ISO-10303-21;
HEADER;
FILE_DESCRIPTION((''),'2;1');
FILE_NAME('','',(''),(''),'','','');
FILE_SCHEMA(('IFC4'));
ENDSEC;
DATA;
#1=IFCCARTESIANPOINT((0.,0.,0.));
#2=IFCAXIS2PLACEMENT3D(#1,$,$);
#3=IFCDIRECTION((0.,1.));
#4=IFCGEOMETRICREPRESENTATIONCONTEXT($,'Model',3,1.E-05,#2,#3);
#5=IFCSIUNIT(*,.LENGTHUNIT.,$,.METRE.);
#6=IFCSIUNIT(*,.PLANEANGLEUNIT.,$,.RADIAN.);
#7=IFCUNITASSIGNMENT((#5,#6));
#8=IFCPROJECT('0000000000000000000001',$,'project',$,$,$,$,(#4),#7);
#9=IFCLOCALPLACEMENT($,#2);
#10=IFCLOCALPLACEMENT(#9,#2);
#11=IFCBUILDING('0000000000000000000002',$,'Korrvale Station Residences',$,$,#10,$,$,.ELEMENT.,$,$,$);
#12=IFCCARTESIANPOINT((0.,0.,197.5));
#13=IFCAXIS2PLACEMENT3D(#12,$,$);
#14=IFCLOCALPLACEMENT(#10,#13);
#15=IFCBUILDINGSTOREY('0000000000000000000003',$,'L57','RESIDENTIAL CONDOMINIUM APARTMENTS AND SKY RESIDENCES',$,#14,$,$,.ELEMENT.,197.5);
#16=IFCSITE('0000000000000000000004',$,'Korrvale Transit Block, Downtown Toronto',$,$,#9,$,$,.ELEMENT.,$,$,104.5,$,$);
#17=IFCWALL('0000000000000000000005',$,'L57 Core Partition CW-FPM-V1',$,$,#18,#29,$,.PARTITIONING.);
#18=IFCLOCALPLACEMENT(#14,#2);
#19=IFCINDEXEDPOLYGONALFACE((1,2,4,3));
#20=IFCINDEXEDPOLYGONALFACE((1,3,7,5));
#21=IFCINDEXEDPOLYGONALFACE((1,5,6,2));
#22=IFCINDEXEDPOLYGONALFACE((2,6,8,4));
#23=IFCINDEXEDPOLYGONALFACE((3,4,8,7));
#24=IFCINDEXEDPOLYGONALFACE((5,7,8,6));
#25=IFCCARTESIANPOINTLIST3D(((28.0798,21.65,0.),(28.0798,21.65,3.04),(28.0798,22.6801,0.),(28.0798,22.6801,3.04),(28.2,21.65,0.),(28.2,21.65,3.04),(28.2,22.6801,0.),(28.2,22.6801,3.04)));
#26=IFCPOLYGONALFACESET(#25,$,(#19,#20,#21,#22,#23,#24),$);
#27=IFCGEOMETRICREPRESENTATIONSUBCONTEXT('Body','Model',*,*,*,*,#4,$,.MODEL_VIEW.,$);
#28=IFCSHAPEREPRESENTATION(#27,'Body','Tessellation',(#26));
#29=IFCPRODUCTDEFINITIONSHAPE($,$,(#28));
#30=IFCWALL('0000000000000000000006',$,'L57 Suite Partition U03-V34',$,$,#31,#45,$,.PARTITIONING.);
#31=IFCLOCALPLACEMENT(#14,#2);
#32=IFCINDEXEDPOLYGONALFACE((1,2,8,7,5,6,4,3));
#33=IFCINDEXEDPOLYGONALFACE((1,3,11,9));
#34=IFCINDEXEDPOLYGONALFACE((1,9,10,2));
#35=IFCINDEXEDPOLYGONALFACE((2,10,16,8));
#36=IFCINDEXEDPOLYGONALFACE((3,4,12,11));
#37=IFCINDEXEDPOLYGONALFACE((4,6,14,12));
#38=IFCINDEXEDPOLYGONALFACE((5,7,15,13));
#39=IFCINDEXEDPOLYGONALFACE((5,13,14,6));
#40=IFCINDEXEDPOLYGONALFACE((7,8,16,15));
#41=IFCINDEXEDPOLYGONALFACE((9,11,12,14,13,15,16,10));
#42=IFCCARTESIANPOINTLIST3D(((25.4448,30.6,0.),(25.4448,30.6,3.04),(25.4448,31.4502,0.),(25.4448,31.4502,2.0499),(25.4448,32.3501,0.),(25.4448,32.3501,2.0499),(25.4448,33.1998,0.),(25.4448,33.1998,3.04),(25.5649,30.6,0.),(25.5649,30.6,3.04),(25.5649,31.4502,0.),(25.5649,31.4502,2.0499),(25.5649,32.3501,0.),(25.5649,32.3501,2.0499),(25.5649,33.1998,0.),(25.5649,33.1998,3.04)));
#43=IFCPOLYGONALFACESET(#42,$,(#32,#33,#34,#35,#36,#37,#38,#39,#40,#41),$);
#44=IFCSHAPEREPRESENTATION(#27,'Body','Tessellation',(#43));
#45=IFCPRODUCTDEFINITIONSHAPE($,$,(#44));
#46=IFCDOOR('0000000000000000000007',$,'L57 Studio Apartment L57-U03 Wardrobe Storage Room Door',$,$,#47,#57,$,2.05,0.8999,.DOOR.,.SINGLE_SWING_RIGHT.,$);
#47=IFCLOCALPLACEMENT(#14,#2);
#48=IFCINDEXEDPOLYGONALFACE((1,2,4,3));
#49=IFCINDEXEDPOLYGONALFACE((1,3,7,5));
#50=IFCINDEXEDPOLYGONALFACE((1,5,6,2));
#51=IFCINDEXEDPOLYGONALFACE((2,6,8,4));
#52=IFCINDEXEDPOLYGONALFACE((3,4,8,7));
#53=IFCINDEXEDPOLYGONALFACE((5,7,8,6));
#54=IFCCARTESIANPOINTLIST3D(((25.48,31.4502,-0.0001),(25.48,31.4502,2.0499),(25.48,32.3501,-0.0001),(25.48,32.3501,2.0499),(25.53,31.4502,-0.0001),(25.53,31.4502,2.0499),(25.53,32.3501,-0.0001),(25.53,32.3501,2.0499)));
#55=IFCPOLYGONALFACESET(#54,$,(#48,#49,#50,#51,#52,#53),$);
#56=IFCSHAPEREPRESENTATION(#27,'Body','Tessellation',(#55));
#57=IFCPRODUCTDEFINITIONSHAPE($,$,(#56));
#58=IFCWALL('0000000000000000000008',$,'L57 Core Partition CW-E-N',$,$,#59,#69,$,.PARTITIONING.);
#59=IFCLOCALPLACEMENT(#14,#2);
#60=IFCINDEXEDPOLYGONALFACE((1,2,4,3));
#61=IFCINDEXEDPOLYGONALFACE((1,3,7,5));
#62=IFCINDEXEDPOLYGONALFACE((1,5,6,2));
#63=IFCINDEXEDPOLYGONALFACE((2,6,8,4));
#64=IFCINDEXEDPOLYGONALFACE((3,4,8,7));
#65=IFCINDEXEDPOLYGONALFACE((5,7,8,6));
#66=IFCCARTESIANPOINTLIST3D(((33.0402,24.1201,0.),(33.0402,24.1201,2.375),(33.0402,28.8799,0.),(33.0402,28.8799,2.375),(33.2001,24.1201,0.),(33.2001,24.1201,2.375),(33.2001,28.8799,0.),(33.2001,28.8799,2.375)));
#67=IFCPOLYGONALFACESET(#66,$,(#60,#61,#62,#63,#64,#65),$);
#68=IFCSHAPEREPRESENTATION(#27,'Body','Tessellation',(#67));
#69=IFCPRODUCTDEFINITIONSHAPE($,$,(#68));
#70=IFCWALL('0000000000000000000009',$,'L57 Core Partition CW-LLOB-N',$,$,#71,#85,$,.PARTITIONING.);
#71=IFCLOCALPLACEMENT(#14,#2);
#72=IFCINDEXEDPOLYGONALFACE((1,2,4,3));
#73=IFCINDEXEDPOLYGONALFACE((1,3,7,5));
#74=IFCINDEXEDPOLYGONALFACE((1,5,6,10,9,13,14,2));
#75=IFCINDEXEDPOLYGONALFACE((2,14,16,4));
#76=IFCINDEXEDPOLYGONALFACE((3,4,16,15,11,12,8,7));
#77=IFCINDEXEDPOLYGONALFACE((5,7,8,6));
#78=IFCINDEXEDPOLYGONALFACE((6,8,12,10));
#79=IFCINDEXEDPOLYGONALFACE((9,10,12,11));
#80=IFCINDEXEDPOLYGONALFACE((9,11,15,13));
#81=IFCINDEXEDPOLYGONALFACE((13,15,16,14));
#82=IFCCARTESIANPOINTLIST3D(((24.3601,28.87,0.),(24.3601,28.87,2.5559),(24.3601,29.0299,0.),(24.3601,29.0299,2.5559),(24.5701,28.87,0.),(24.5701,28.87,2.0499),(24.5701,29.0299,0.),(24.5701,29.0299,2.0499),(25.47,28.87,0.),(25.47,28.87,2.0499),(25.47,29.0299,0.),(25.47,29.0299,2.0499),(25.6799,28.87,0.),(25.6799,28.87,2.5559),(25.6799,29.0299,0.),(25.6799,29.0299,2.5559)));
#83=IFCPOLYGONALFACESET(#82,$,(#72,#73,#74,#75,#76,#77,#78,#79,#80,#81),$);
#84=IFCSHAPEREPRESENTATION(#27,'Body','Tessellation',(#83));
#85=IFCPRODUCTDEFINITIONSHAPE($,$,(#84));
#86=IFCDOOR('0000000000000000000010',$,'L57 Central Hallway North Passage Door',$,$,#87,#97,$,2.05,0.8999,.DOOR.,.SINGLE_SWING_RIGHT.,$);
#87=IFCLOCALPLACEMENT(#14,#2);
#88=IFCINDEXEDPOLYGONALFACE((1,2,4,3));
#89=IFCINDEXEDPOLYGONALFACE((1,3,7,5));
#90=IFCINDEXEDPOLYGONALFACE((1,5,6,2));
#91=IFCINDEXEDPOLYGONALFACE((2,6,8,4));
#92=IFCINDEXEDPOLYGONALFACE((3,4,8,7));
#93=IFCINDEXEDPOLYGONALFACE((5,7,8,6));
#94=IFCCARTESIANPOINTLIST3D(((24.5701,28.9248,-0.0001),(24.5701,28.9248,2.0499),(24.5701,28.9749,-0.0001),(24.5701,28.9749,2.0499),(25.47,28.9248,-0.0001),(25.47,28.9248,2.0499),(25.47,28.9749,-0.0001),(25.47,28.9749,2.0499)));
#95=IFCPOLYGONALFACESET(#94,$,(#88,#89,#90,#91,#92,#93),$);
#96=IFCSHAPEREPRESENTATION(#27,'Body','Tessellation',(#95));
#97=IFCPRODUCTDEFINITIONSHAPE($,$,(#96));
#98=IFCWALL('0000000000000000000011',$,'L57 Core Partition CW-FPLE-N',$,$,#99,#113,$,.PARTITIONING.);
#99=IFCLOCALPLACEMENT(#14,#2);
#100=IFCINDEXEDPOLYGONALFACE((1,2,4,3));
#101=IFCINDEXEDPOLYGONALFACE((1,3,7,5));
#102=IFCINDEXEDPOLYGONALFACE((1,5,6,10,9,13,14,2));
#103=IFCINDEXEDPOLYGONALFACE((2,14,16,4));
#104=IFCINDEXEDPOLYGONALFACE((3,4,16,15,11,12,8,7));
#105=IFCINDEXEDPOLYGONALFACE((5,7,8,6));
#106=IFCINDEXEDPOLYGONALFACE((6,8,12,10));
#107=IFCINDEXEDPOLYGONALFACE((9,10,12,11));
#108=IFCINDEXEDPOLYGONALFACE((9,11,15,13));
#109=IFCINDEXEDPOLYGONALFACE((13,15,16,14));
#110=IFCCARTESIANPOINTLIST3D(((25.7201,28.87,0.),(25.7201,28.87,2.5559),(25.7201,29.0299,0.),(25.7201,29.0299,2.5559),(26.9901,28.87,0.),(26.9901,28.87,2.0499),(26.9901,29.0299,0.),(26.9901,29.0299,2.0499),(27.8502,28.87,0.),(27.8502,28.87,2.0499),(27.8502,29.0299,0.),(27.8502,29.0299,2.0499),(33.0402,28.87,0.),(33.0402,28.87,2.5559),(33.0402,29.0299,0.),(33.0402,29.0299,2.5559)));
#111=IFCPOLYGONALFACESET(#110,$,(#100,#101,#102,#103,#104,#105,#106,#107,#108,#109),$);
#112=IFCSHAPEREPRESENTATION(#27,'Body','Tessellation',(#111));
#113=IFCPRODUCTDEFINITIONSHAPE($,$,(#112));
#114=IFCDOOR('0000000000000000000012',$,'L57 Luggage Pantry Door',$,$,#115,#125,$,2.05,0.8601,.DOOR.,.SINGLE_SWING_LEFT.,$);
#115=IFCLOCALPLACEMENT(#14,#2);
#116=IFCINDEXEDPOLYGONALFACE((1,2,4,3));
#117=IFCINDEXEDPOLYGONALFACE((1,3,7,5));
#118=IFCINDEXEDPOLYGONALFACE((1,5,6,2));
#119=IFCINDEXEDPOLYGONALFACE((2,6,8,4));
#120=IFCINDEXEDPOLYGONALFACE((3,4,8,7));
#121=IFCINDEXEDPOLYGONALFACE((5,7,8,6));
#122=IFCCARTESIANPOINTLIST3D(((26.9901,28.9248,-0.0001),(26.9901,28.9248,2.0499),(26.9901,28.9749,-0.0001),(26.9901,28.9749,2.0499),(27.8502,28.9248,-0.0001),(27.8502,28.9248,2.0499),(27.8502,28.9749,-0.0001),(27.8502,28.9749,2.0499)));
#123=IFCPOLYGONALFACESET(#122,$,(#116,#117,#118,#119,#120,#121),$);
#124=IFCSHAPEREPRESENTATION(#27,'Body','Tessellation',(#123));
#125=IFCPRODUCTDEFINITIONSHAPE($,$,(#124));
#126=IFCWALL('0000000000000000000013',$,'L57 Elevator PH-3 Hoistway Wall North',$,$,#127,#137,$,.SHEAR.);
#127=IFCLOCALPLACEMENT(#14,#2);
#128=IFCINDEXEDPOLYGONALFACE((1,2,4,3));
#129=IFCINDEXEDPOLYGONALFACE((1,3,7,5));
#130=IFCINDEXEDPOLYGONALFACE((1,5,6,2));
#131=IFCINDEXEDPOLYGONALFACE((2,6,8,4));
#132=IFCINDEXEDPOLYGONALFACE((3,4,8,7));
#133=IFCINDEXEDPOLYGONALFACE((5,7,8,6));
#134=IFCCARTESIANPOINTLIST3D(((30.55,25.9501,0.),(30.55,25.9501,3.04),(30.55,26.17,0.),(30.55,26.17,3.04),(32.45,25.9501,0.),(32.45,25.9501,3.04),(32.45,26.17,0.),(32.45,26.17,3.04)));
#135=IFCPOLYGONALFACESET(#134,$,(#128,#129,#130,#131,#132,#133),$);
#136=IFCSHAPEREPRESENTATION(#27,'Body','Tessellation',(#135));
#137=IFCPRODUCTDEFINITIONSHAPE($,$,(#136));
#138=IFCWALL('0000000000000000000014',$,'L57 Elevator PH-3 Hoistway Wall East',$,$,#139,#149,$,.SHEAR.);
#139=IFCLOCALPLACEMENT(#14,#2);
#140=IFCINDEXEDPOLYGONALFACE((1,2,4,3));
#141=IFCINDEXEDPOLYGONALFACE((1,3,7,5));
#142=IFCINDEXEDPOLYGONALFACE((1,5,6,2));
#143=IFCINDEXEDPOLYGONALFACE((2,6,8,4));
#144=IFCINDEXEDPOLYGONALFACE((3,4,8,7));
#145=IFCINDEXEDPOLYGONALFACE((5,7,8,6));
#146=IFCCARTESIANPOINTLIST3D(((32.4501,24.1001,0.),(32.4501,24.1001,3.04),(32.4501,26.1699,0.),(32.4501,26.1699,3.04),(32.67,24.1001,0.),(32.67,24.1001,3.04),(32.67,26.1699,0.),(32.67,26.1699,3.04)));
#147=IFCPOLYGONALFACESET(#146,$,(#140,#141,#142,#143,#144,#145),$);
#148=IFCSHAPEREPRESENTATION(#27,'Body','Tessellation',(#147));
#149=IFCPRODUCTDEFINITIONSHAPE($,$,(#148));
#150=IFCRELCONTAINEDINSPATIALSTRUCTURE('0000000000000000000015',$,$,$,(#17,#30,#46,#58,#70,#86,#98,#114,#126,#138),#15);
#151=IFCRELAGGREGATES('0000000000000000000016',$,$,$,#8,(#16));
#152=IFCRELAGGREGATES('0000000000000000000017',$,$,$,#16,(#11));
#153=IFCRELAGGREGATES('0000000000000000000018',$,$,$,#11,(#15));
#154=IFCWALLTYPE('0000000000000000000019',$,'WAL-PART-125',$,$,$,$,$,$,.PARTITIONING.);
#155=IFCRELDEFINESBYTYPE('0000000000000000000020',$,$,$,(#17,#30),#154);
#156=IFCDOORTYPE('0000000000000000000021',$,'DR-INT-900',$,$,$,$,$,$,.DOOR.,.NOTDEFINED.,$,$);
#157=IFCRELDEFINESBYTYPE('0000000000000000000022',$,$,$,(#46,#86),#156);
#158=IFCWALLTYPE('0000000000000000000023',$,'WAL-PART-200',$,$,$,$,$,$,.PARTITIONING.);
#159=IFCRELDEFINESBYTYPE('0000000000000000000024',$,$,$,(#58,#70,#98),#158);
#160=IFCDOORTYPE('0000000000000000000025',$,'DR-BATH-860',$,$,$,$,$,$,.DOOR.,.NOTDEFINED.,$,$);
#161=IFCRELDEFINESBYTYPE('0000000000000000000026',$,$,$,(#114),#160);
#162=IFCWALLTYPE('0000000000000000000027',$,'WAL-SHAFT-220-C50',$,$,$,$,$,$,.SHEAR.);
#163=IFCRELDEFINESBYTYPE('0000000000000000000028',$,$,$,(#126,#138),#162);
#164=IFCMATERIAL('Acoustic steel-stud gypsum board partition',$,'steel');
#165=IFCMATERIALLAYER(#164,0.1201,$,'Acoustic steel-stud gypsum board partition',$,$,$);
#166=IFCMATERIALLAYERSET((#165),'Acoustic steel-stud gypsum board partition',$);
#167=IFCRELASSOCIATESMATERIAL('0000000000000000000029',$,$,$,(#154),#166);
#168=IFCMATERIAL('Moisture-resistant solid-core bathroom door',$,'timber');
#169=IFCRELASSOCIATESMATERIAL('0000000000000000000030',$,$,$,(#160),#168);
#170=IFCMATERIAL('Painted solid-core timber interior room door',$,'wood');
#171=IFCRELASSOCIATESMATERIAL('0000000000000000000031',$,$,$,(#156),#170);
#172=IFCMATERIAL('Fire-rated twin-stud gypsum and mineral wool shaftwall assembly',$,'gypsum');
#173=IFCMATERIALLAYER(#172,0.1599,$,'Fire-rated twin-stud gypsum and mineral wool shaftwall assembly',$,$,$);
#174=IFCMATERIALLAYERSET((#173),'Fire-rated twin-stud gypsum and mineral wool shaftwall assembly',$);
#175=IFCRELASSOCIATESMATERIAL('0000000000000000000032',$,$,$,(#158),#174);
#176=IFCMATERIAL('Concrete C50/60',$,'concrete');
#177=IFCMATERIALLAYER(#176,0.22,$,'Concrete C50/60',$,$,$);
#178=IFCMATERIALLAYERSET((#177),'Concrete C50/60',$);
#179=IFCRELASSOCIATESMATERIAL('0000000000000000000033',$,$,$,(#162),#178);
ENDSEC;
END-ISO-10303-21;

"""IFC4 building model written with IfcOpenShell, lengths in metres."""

from ifc_helpers import new_model, si_unit, direction, frame, frame_2d, origin, place, context, subcontext, project, spatial, rectangle, extrude, material, layer, layer_set, type_object, element, fill, save


model = new_model("IFC4")

# Units and contexts
model_context = context("Model", 3, precision=1e-05, world=origin(), true_north=direction((0.0, 1.0)))
body_context = subcontext(model_context, "Body", "Model", "MODEL_VIEW")
ifc_project = project(units=[si_unit("LENGTHUNIT", "METRE"), si_unit("PLANEANGLEUNIT", "RADIAN")], contexts=[model_context])

# Site, building, storey
site_placement = place(None, origin())
site = spatial("IfcSite", under=ifc_project, at=site_placement, Name="Korrvale Transit Block, Downtown Toronto", CompositionType="ELEMENT", RefElevation=104.5)
building_placement = place(site_placement, origin())
building = spatial("IfcBuilding", under=site, at=building_placement, Name="Korrvale Station Residences", CompositionType="ELEMENT")
storey_placement = place(building_placement, frame((0.0, 0.0, 197.5)))
storey = spatial("IfcBuildingStorey", under=building, at=storey_placement, Name="L57", Description="RESIDENTIAL CONDOMINIUM APARTMENTS AND SKY RESIDENCES", CompositionType="ELEMENT", Elevation=197.5)

# Shared definitions
ifc_material_1 = material(Name="Concrete C50/60", Category="concrete")

# Shared definitions
ifc_material_2 = material(Name="Acoustic steel-stud gypsum board partition", Category="steel")
ifc_layer_1 = layer(ifc_material_2, 0.1201, Name="Acoustic steel-stud gypsum board partition")
ifc_layer_set_1 = layer_set([ifc_layer_1], Name="Acoustic steel-stud gypsum board partition")
wall_type_1 = type_object("IfcWallType", Name="WAL-PART-125", PredefinedType="PARTITIONING", material=ifc_layer_set_1)

# Shared definitions
ifc_material_3 = material(Name="Moisture-resistant solid-core bathroom door", Category="timber")
door_type_1 = type_object("IfcDoorType", Name="DR-BATH-860", OperationType="NOTDEFINED", PredefinedType="DOOR", material=ifc_material_3)

# Shared definitions
ifc_material_4 = material(Name="Painted solid-core timber interior room door", Category="wood")
door_type_2 = type_object("IfcDoorType", Name="DR-INT-900", OperationType="NOTDEFINED", PredefinedType="DOOR", material=ifc_material_4)

# Wall
wall_1_placement = place(storey_placement, frame((28.1399, 21.6499, 0.0), z_axis=(0.0, 0.0, 1.0), x_axis=(0.0, 1.0, 0.0)))
element("IfcWall", 1, at=wall_1_placement, inside=storey, type_object=wall_type_1, Name="L57 Core Partition CW-FPM-V1", PredefinedType="PARTITIONING", context=body_context, shape_type="SweptSolid", body=[
    extrude(rectangle(XDim=1.03, YDim=0.1201, at=frame_2d((0.5151, 0.0))), origin(), (0.0, 0.0, 1.0), 3.04),
])

# Wall, opening, door
wall_2_placement = place(storey_placement, frame((25.5049, 30.6001, 0.0), z_axis=(0.0, 0.0, 1.0), x_axis=(0.0, 1.0, 0.0)))
wall_2 = element("IfcWall", 2, at=wall_2_placement, inside=storey, type_object=wall_type_1, Name="L57 Suite Partition U03-V34", PredefinedType="PARTITIONING", context=body_context, shape_type="SweptSolid", body=[
    extrude(rectangle(XDim=2.5999, YDim=0.1201, at=frame_2d((1.2998, 0.0))), origin(), (0.0, 0.0, 1.0), 3.04),
])
opening_1_placement = place(wall_2_placement, frame((0.8501, 0.0, 0.0)))
opening_1 = element("IfcOpeningElement", 3, at=opening_1_placement, cuts=wall_2, PredefinedType="OPENING", context=body_context, shape_type="SweptSolid", body=[
    extrude(rectangle(XDim=0.8999, YDim=2.05, at=frame_2d((0.45, 1.0249))), frame((0.0, 0.0701, 0.0), z_axis=(0.0, -1.0, 0.0), x_axis=(1.0, 0.0, 0.0)), (0.0, 0.0, 1.0), 0.1401),
])
door_1_placement = place(opening_1_placement, origin())
door_1 = element("IfcDoor", 4, at=door_1_placement, inside=storey, type_object=door_type_2, Name="L57 Studio Apartment L57-U03 Wardrobe Storage Room Door", OperationType="SINGLE_SWING_RIGHT", OverallHeight=2.05, OverallWidth=0.8999, PredefinedType="DOOR", context=body_context, shape_type="SweptSolid", body=[
    extrude(rectangle(XDim=0.8999, YDim=2.05, at=frame_2d((0.45, 1.0249))), frame((0.0, 0.0249, 0.0), z_axis=(0.0, -1.0, 0.0), x_axis=(1.0, 0.0, 0.0)), (0.0, 0.0, 1.0), 0.05),
])
fill(opening_1, door_1)

# Wall
ifc_material_5 = material(Name="Fire-rated twin-stud gypsum and mineral wool shaftwall assembly", Category="gypsum")
ifc_layer_2 = layer(ifc_material_5, 0.1599, Name="Fire-rated twin-stud gypsum and mineral wool shaftwall assembly")
ifc_layer_set_2 = layer_set([ifc_layer_2], Name="Fire-rated twin-stud gypsum and mineral wool shaftwall assembly")
wall_type_2 = type_object("IfcWallType", Name="WAL-PART-200", PredefinedType="PARTITIONING", material=ifc_layer_set_2)
wall_3_placement = place(storey_placement, frame((33.1201, 24.1201, 0.0), z_axis=(0.0, 0.0, 1.0), x_axis=(0.0, 1.0, 0.0)))
element("IfcWall", 5, at=wall_3_placement, inside=storey, type_object=wall_type_2, Name="L57 Core Partition CW-E-N", PredefinedType="PARTITIONING", context=body_context, shape_type="SweptSolid", body=[
    extrude(rectangle(XDim=4.7598, YDim=0.1599, at=frame_2d((2.3799, 0.0))), origin(), (0.0, 0.0, 1.0), 2.375),
])

# Walls, openings, doors
wall_4_placement = place(storey_placement, frame((24.3601, 28.95, 0.0), z_axis=(0.0, 0.0, 1.0), x_axis=(1.0, 0.0, 0.0)))
wall_4 = element("IfcWall", 6, at=wall_4_placement, inside=storey, type_object=wall_type_2, Name="L57 Core Partition CW-LLOB-N", PredefinedType="PARTITIONING", context=body_context, shape_type="SweptSolid", body=[
    extrude(rectangle(XDim=1.3198, YDim=0.1599, at=frame_2d((0.6599, 0.0))), origin(), (0.0, 0.0, 1.0), 2.5559),
])
opening_2_placement = place(wall_4_placement, frame((0.21, 0.0, 0.0)))
opening_2 = element("IfcOpeningElement", 7, at=opening_2_placement, cuts=wall_4, PredefinedType="OPENING", context=body_context, shape_type="SweptSolid", body=[
    extrude(rectangle(XDim=0.8999, YDim=2.05, at=frame_2d((0.45, 1.0249))), frame((0.0, 0.0898, 0.0), z_axis=(0.0, -1.0, 0.0), x_axis=(1.0, 0.0, 0.0)), (0.0, 0.0, 1.0), 0.1799),
])
door_2_placement = place(opening_2_placement, origin())
door_2 = element("IfcDoor", 8, at=door_2_placement, inside=storey, type_object=door_type_2, Name="L57 Central Hallway North Passage Door", OperationType="SINGLE_SWING_RIGHT", OverallHeight=2.05, OverallWidth=0.8999, PredefinedType="DOOR", context=body_context, shape_type="SweptSolid", body=[
    extrude(rectangle(XDim=0.8999, YDim=2.05, at=frame_2d((0.45, 1.0249))), frame((0.0, 0.0249, 0.0), z_axis=(0.0, -1.0, 0.0), x_axis=(1.0, 0.0, 0.0)), (0.0, 0.0, 1.0), 0.05),
])
fill(opening_2, door_2)
wall_5_placement = place(storey_placement, frame((25.72, 28.95, 0.0), z_axis=(0.0, 0.0, 1.0), x_axis=(1.0, 0.0, 0.0)))
wall_5 = element("IfcWall", 9, at=wall_5_placement, inside=storey, type_object=wall_type_2, Name="L57 Core Partition CW-FPLE-N", PredefinedType="PARTITIONING", context=body_context, shape_type="SweptSolid", body=[
    extrude(rectangle(XDim=7.3201, YDim=0.1599, at=frame_2d((3.6602, 0.0))), origin(), (0.0, 0.0, 1.0), 2.5559),
])
opening_3_placement = place(wall_5_placement, frame((1.27, 0.0, 0.0)))
opening_3 = element("IfcOpeningElement", 10, at=opening_3_placement, cuts=wall_5, PredefinedType="OPENING", context=body_context, shape_type="SweptSolid", body=[
    extrude(rectangle(XDim=0.8601, YDim=2.05, at=frame_2d((0.4302, 1.0249))), frame((0.0, 0.0898, 0.0), z_axis=(0.0, -1.0, 0.0), x_axis=(1.0, 0.0, 0.0)), (0.0, 0.0, 1.0), 0.1799),
])
door_3_placement = place(opening_3_placement, origin())
door_3 = element("IfcDoor", 11, at=door_3_placement, inside=storey, type_object=door_type_1, Name="L57 Luggage Pantry Door", OperationType="SINGLE_SWING_LEFT", OverallHeight=2.05, OverallWidth=0.8601, PredefinedType="DOOR", context=body_context, shape_type="SweptSolid", body=[
    extrude(rectangle(XDim=0.8601, YDim=2.05, at=frame_2d((0.4302, 1.0249))), frame((0.0, 0.0249, 0.0), z_axis=(0.0, -1.0, 0.0), x_axis=(1.0, 0.0, 0.0)), (0.0, 0.0, 1.0), 0.05),
])
fill(opening_3, door_3)

# Wall
ifc_layer_3 = layer(ifc_material_1, 0.22, Name="Concrete C50/60")
ifc_layer_set_3 = layer_set([ifc_layer_3], Name="Concrete C50/60")
wall_type_3 = type_object("IfcWallType", Name="WAL-SHAFT-220-C50", PredefinedType="SHEAR", material=ifc_layer_set_3)
wall_6_placement = place(storey_placement, frame((30.55, 26.0601, 0.0), z_axis=(0.0, 0.0, 1.0), x_axis=(1.0, 0.0, 0.0)))
element("IfcWall", 12, at=wall_6_placement, inside=storey, type_object=wall_type_3, Name="L57 Elevator PH-3 Hoistway Wall North", PredefinedType="SHEAR", context=body_context, shape_type="SweptSolid", body=[
    extrude(rectangle(XDim=1.8999, YDim=0.22, at=frame_2d((0.95, 0.0))), origin(), (0.0, 0.0, 1.0), 3.04),
])

# Wall
wall_7_placement = place(storey_placement, frame((32.5601, 24.1001, 0.0), z_axis=(0.0, 0.0, 1.0), x_axis=(0.0, 1.0, 0.0)))
element("IfcWall", 13, at=wall_7_placement, inside=storey, type_object=wall_type_3, Name="L57 Elevator PH-3 Hoistway Wall East", PredefinedType="SHEAR", context=body_context, shape_type="SweptSolid", body=[
    extrude(rectangle(XDim=2.0698, YDim=0.22, at=frame_2d((1.0349, 0.0))), origin(), (0.0, 0.0, 1.0), 3.04),
])

save(model, "model.ifc")
